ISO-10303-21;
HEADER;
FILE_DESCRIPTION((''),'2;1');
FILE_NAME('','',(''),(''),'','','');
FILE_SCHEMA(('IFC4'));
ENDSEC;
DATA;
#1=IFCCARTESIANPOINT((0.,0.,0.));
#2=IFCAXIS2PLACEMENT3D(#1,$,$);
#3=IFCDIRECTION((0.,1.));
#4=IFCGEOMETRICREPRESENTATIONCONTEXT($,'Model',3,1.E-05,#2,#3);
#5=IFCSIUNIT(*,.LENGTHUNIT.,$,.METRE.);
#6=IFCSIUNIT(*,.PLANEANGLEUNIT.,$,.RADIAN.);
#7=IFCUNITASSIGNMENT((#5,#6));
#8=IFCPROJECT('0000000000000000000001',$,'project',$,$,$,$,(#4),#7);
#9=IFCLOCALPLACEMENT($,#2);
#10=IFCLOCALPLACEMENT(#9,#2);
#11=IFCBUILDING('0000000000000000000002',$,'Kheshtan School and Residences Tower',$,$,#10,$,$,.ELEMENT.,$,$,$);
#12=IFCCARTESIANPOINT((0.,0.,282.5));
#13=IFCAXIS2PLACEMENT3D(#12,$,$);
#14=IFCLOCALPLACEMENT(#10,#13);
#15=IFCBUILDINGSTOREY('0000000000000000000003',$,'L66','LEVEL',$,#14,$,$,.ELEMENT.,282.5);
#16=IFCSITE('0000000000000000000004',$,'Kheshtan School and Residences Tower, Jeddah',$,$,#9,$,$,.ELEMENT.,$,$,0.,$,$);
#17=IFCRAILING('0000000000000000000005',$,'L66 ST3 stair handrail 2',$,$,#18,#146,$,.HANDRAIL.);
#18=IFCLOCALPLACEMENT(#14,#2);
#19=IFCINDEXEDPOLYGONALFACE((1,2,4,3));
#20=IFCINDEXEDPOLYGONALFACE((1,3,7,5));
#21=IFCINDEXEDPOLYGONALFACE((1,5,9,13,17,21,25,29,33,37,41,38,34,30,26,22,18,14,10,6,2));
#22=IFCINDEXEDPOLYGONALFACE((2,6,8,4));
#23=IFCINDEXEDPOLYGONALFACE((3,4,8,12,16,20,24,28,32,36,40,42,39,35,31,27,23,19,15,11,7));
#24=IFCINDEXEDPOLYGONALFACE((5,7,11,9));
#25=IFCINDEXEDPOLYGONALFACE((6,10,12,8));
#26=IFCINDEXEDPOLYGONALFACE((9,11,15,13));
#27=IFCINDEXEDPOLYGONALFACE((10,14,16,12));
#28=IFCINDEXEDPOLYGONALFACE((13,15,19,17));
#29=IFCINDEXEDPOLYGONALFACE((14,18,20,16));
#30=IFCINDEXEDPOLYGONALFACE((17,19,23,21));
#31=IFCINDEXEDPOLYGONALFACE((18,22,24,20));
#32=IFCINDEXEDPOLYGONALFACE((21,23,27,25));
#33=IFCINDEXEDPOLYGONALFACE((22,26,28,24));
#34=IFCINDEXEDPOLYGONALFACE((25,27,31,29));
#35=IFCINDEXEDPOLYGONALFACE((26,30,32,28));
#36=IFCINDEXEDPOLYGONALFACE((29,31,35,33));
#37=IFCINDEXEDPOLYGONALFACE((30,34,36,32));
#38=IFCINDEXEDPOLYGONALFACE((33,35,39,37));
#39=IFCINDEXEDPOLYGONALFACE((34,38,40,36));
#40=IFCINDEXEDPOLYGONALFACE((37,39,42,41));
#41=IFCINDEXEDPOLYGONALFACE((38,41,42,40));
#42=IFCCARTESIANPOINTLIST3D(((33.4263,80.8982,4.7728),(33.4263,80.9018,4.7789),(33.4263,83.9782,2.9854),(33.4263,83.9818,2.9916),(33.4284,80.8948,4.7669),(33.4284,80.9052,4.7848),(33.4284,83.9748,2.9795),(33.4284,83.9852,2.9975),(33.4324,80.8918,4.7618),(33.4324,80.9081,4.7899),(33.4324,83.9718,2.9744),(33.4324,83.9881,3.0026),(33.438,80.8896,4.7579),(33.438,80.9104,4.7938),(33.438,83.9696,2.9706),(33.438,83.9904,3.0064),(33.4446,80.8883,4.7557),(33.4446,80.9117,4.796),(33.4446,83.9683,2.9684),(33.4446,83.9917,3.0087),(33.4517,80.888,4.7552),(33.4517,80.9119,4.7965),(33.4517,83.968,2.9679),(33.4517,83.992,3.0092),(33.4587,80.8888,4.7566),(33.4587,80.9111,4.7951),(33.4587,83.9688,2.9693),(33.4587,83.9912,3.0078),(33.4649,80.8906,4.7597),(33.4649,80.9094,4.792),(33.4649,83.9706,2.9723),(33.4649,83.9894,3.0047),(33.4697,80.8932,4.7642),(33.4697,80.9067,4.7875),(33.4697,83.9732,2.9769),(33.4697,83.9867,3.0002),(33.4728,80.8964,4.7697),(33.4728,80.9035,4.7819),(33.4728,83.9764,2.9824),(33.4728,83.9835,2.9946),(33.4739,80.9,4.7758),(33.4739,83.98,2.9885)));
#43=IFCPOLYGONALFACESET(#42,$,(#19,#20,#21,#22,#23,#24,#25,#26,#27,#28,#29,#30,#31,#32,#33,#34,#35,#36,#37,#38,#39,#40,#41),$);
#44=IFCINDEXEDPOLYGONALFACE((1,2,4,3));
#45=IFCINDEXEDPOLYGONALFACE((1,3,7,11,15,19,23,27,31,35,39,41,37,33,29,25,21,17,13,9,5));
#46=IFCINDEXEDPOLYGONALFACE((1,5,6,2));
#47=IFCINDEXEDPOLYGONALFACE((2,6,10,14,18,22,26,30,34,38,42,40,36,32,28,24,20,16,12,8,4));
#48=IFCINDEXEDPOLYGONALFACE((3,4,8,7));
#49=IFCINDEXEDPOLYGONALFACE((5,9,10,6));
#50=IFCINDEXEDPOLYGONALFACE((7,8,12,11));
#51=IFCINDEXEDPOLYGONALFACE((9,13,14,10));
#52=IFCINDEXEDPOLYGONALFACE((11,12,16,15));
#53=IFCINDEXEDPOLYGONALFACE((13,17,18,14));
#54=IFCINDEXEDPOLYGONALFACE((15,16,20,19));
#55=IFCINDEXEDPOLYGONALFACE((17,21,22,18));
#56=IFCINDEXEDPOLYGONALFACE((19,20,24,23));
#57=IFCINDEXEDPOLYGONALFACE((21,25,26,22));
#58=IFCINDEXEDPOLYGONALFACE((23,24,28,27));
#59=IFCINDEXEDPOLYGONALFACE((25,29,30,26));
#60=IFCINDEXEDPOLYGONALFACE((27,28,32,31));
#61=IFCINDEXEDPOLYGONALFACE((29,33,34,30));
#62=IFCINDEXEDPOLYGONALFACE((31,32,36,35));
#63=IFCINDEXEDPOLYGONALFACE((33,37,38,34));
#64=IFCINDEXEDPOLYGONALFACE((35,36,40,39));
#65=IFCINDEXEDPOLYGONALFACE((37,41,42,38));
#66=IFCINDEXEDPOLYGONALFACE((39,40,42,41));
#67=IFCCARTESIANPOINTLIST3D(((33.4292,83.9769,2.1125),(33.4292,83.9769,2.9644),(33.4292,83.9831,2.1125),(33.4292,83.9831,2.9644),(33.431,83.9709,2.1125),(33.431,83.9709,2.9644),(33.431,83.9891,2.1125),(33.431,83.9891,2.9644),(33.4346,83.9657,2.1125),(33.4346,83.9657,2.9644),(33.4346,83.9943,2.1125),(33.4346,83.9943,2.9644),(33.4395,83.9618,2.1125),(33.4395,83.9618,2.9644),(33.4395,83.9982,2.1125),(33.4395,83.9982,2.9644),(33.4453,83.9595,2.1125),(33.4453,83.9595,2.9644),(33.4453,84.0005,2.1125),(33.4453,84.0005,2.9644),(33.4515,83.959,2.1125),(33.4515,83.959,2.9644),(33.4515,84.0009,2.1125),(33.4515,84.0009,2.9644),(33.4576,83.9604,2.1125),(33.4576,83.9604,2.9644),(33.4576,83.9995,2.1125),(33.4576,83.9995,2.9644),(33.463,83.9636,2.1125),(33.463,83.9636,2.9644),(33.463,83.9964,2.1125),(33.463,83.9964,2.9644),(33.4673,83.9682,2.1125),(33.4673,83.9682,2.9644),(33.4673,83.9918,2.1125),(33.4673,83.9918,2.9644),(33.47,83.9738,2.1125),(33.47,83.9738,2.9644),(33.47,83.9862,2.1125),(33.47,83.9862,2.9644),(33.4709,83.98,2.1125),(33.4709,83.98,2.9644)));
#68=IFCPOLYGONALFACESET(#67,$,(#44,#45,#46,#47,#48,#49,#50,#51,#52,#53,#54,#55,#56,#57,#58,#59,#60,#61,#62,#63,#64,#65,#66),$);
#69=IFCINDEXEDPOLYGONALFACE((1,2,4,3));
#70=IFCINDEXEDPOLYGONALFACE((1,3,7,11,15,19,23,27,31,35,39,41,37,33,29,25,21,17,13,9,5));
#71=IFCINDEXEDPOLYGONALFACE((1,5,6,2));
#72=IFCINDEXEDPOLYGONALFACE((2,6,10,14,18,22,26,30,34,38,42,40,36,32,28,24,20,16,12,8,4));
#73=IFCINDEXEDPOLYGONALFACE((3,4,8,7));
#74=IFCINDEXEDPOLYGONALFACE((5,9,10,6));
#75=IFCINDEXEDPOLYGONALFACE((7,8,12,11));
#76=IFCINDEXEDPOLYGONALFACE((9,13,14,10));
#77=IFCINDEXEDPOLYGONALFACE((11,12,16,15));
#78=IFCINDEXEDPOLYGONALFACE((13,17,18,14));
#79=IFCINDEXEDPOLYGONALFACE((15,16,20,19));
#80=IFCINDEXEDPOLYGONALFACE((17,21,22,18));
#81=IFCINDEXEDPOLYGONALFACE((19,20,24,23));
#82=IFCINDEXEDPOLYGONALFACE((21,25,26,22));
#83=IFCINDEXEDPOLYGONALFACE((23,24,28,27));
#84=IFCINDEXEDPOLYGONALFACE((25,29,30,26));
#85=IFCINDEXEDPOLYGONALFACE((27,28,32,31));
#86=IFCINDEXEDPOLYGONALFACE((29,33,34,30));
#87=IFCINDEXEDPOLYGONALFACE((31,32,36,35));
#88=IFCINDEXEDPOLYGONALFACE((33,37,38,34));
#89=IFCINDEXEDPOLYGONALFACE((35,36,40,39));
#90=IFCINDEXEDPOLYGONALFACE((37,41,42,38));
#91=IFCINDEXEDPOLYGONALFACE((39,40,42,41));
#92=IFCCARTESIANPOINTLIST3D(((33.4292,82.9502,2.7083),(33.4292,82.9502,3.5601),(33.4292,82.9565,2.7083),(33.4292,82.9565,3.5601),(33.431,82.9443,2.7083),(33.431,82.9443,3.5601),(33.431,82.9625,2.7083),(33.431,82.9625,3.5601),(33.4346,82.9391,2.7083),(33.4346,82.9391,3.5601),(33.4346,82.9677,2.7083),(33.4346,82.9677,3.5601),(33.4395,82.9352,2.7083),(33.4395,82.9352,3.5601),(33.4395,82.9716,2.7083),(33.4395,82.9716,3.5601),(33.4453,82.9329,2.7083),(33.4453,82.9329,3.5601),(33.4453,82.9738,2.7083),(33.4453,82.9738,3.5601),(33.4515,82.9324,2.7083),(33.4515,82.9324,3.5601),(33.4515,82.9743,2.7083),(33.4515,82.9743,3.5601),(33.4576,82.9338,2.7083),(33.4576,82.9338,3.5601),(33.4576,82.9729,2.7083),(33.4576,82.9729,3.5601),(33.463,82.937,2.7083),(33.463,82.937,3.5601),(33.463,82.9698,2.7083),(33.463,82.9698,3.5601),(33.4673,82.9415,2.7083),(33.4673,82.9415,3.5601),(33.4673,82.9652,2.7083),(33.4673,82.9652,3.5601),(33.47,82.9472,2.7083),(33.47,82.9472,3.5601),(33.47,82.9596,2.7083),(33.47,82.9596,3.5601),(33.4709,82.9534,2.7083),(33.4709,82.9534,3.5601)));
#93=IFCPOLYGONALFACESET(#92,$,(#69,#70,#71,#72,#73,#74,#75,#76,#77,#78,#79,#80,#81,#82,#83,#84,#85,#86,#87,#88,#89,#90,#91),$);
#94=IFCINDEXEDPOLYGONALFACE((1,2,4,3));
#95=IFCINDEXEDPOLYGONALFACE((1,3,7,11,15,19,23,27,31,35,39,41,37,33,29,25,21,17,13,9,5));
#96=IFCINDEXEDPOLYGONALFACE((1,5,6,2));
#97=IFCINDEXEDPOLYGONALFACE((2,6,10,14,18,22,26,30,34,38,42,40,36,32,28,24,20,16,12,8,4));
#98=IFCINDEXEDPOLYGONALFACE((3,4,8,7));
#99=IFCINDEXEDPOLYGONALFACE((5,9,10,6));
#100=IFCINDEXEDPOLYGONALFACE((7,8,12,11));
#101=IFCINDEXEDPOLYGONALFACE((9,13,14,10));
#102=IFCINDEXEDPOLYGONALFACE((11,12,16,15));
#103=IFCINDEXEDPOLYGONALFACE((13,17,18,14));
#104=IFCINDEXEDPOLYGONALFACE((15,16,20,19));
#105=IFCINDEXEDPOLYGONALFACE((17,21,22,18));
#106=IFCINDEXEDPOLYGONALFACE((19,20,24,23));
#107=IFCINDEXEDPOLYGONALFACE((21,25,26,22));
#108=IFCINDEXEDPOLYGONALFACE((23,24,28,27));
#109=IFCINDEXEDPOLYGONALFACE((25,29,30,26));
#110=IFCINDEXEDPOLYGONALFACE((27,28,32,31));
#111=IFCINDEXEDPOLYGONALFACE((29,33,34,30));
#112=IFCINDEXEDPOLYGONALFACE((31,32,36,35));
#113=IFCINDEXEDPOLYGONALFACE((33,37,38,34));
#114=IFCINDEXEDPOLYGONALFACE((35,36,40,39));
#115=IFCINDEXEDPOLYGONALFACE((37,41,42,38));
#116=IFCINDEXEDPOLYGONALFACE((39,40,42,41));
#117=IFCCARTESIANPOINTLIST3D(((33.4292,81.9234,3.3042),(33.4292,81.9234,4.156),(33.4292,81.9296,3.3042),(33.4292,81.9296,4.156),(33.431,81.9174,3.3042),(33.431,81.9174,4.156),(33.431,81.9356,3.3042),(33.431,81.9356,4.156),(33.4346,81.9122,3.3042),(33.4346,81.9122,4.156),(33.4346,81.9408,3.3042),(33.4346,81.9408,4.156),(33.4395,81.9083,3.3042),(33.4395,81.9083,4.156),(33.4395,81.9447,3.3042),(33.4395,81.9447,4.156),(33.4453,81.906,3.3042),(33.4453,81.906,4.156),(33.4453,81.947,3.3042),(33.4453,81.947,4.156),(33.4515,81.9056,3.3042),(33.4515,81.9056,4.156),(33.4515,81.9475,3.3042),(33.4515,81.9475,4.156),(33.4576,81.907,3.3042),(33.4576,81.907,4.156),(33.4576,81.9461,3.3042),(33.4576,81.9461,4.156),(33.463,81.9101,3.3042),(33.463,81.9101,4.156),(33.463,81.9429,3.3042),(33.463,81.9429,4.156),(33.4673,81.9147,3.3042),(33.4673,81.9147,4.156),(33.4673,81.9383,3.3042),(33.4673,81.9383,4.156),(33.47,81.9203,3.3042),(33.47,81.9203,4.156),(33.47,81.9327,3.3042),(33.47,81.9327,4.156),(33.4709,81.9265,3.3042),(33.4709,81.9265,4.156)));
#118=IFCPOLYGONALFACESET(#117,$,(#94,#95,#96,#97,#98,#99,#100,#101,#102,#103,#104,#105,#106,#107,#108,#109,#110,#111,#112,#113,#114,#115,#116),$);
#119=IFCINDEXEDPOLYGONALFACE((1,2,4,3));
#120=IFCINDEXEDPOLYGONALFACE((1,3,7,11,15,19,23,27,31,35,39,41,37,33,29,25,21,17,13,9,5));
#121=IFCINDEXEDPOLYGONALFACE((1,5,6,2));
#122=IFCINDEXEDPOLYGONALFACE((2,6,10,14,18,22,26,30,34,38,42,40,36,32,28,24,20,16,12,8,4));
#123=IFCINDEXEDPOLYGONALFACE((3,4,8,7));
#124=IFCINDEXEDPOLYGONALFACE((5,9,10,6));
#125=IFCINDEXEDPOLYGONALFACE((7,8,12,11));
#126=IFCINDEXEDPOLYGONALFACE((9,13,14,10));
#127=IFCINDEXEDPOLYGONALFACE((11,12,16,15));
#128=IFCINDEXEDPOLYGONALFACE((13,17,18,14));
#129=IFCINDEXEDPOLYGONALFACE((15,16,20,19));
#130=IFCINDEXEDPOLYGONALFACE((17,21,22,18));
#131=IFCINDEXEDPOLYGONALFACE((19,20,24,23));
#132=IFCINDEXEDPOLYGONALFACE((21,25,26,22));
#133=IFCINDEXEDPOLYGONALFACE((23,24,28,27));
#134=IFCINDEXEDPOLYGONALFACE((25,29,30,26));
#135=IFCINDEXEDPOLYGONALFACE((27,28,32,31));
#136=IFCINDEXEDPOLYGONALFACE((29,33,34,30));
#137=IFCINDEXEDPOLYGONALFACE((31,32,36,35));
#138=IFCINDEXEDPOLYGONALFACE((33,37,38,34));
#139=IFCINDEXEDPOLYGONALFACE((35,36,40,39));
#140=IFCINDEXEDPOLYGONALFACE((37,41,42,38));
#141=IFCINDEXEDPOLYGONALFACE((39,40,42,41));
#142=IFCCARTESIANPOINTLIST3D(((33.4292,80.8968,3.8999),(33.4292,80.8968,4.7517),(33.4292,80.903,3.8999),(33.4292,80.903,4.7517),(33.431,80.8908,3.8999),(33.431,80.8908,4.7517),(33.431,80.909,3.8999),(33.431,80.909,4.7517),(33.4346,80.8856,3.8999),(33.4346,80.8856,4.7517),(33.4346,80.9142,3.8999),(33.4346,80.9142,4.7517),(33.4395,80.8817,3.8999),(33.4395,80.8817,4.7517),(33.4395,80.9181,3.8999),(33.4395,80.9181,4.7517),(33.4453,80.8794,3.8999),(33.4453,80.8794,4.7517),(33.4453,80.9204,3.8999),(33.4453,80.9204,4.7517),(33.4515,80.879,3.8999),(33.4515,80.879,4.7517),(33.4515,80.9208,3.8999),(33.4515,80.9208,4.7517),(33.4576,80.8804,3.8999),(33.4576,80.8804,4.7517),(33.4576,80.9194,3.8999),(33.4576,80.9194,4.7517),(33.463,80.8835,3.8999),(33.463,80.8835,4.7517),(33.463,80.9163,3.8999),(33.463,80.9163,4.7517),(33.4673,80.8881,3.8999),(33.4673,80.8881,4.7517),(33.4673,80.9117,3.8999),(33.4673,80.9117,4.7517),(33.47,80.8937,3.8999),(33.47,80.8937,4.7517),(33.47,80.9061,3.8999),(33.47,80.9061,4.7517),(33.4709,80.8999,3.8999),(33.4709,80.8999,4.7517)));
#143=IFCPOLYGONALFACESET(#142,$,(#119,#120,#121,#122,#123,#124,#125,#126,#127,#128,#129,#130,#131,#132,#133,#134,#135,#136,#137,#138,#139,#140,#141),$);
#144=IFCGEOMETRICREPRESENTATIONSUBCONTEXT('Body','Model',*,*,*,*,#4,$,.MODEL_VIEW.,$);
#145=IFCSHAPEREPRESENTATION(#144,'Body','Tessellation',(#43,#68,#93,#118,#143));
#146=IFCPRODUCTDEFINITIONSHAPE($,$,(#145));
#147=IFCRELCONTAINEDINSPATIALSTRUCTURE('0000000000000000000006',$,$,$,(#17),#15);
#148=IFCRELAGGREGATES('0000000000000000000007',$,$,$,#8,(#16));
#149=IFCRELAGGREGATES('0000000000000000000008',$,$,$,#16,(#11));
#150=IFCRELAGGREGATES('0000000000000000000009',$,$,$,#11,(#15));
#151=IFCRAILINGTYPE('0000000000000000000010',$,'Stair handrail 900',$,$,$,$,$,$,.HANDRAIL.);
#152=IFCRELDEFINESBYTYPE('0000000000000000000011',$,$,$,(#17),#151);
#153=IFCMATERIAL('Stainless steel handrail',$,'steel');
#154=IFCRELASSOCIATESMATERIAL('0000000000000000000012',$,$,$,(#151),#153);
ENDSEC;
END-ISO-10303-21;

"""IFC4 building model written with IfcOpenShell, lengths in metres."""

from ifc_helpers import new_model, si_unit, direction, frame, origin, origin_2d, place, context, subcontext, project, spatial, circle, extrude, material, type_object, element, save


model = new_model("IFC4")

# Units and contexts
model_context = context("Model", 3, precision=1e-05, world=origin(), true_north=direction((0.0, 1.0)))
body_context = subcontext(model_context, "Body", "Model", "MODEL_VIEW")
ifc_project = project(units=[si_unit("LENGTHUNIT", "METRE"), si_unit("PLANEANGLEUNIT", "RADIAN")], contexts=[model_context])

# Site, building, storey
site_placement = place(None, origin())
site = spatial("IfcSite", under=ifc_project, at=site_placement, Name="Kheshtan School and Residences Tower, Jeddah", CompositionType="ELEMENT", RefElevation=0.0)
building_placement = place(site_placement, origin())
building = spatial("IfcBuilding", under=site, at=building_placement, Name="Kheshtan School and Residences Tower", CompositionType="ELEMENT")
storey_placement = place(building_placement, frame((0.0, 0.0, 282.5)))
storey = spatial("IfcBuildingStorey", under=building, at=storey_placement, Name="L66", Description="LEVEL", CompositionType="ELEMENT", Elevation=282.5)

# Railing
ifc_material_1 = material(Name="Stainless steel handrail", Category="steel")
railing_type_1 = type_object("IfcRailingType", Name="Stair handrail 900", PredefinedType="HANDRAIL", material=ifc_material_1)
railing_1_placement = place(storey_placement, frame((33.45, 83.98, 2.1125)))
element("IfcRailing", 1, at=railing_1_placement, inside=storey, type_object=railing_type_1, Name="L66 ST3 stair handrail 2", PredefinedType="HANDRAIL", context=body_context, shape_type="SweptSolid", body=[
    extrude(circle(Radius=0.0239, at=origin_2d()), frame((0.0, 0.0, 0.876), z_axis=(0.0, -0.86492, 0.501909), x_axis=(1.0, 0.0, 0.0)), (0.0, 0.0, 1.0), 3.561),
    extrude(circle(Radius=0.021, at=origin_2d()), origin(), (0.0, 0.0, 1.0), 0.8518),
    extrude(circle(Radius=0.021, at=origin_2d()), frame((0.0, -1.0266, 0.5957)), (0.0, 0.0, 1.0), 0.8518),
    extrude(circle(Radius=0.021, at=origin_2d()), frame((0.0, -2.0535, 1.1917)), (0.0, 0.0, 1.0), 0.8518),
    extrude(circle(Radius=0.021, at=origin_2d()), frame((0.0, -3.0801, 1.7874)), (0.0, 0.0, 1.0), 0.8518),
])

save(model, "model.ifc")
